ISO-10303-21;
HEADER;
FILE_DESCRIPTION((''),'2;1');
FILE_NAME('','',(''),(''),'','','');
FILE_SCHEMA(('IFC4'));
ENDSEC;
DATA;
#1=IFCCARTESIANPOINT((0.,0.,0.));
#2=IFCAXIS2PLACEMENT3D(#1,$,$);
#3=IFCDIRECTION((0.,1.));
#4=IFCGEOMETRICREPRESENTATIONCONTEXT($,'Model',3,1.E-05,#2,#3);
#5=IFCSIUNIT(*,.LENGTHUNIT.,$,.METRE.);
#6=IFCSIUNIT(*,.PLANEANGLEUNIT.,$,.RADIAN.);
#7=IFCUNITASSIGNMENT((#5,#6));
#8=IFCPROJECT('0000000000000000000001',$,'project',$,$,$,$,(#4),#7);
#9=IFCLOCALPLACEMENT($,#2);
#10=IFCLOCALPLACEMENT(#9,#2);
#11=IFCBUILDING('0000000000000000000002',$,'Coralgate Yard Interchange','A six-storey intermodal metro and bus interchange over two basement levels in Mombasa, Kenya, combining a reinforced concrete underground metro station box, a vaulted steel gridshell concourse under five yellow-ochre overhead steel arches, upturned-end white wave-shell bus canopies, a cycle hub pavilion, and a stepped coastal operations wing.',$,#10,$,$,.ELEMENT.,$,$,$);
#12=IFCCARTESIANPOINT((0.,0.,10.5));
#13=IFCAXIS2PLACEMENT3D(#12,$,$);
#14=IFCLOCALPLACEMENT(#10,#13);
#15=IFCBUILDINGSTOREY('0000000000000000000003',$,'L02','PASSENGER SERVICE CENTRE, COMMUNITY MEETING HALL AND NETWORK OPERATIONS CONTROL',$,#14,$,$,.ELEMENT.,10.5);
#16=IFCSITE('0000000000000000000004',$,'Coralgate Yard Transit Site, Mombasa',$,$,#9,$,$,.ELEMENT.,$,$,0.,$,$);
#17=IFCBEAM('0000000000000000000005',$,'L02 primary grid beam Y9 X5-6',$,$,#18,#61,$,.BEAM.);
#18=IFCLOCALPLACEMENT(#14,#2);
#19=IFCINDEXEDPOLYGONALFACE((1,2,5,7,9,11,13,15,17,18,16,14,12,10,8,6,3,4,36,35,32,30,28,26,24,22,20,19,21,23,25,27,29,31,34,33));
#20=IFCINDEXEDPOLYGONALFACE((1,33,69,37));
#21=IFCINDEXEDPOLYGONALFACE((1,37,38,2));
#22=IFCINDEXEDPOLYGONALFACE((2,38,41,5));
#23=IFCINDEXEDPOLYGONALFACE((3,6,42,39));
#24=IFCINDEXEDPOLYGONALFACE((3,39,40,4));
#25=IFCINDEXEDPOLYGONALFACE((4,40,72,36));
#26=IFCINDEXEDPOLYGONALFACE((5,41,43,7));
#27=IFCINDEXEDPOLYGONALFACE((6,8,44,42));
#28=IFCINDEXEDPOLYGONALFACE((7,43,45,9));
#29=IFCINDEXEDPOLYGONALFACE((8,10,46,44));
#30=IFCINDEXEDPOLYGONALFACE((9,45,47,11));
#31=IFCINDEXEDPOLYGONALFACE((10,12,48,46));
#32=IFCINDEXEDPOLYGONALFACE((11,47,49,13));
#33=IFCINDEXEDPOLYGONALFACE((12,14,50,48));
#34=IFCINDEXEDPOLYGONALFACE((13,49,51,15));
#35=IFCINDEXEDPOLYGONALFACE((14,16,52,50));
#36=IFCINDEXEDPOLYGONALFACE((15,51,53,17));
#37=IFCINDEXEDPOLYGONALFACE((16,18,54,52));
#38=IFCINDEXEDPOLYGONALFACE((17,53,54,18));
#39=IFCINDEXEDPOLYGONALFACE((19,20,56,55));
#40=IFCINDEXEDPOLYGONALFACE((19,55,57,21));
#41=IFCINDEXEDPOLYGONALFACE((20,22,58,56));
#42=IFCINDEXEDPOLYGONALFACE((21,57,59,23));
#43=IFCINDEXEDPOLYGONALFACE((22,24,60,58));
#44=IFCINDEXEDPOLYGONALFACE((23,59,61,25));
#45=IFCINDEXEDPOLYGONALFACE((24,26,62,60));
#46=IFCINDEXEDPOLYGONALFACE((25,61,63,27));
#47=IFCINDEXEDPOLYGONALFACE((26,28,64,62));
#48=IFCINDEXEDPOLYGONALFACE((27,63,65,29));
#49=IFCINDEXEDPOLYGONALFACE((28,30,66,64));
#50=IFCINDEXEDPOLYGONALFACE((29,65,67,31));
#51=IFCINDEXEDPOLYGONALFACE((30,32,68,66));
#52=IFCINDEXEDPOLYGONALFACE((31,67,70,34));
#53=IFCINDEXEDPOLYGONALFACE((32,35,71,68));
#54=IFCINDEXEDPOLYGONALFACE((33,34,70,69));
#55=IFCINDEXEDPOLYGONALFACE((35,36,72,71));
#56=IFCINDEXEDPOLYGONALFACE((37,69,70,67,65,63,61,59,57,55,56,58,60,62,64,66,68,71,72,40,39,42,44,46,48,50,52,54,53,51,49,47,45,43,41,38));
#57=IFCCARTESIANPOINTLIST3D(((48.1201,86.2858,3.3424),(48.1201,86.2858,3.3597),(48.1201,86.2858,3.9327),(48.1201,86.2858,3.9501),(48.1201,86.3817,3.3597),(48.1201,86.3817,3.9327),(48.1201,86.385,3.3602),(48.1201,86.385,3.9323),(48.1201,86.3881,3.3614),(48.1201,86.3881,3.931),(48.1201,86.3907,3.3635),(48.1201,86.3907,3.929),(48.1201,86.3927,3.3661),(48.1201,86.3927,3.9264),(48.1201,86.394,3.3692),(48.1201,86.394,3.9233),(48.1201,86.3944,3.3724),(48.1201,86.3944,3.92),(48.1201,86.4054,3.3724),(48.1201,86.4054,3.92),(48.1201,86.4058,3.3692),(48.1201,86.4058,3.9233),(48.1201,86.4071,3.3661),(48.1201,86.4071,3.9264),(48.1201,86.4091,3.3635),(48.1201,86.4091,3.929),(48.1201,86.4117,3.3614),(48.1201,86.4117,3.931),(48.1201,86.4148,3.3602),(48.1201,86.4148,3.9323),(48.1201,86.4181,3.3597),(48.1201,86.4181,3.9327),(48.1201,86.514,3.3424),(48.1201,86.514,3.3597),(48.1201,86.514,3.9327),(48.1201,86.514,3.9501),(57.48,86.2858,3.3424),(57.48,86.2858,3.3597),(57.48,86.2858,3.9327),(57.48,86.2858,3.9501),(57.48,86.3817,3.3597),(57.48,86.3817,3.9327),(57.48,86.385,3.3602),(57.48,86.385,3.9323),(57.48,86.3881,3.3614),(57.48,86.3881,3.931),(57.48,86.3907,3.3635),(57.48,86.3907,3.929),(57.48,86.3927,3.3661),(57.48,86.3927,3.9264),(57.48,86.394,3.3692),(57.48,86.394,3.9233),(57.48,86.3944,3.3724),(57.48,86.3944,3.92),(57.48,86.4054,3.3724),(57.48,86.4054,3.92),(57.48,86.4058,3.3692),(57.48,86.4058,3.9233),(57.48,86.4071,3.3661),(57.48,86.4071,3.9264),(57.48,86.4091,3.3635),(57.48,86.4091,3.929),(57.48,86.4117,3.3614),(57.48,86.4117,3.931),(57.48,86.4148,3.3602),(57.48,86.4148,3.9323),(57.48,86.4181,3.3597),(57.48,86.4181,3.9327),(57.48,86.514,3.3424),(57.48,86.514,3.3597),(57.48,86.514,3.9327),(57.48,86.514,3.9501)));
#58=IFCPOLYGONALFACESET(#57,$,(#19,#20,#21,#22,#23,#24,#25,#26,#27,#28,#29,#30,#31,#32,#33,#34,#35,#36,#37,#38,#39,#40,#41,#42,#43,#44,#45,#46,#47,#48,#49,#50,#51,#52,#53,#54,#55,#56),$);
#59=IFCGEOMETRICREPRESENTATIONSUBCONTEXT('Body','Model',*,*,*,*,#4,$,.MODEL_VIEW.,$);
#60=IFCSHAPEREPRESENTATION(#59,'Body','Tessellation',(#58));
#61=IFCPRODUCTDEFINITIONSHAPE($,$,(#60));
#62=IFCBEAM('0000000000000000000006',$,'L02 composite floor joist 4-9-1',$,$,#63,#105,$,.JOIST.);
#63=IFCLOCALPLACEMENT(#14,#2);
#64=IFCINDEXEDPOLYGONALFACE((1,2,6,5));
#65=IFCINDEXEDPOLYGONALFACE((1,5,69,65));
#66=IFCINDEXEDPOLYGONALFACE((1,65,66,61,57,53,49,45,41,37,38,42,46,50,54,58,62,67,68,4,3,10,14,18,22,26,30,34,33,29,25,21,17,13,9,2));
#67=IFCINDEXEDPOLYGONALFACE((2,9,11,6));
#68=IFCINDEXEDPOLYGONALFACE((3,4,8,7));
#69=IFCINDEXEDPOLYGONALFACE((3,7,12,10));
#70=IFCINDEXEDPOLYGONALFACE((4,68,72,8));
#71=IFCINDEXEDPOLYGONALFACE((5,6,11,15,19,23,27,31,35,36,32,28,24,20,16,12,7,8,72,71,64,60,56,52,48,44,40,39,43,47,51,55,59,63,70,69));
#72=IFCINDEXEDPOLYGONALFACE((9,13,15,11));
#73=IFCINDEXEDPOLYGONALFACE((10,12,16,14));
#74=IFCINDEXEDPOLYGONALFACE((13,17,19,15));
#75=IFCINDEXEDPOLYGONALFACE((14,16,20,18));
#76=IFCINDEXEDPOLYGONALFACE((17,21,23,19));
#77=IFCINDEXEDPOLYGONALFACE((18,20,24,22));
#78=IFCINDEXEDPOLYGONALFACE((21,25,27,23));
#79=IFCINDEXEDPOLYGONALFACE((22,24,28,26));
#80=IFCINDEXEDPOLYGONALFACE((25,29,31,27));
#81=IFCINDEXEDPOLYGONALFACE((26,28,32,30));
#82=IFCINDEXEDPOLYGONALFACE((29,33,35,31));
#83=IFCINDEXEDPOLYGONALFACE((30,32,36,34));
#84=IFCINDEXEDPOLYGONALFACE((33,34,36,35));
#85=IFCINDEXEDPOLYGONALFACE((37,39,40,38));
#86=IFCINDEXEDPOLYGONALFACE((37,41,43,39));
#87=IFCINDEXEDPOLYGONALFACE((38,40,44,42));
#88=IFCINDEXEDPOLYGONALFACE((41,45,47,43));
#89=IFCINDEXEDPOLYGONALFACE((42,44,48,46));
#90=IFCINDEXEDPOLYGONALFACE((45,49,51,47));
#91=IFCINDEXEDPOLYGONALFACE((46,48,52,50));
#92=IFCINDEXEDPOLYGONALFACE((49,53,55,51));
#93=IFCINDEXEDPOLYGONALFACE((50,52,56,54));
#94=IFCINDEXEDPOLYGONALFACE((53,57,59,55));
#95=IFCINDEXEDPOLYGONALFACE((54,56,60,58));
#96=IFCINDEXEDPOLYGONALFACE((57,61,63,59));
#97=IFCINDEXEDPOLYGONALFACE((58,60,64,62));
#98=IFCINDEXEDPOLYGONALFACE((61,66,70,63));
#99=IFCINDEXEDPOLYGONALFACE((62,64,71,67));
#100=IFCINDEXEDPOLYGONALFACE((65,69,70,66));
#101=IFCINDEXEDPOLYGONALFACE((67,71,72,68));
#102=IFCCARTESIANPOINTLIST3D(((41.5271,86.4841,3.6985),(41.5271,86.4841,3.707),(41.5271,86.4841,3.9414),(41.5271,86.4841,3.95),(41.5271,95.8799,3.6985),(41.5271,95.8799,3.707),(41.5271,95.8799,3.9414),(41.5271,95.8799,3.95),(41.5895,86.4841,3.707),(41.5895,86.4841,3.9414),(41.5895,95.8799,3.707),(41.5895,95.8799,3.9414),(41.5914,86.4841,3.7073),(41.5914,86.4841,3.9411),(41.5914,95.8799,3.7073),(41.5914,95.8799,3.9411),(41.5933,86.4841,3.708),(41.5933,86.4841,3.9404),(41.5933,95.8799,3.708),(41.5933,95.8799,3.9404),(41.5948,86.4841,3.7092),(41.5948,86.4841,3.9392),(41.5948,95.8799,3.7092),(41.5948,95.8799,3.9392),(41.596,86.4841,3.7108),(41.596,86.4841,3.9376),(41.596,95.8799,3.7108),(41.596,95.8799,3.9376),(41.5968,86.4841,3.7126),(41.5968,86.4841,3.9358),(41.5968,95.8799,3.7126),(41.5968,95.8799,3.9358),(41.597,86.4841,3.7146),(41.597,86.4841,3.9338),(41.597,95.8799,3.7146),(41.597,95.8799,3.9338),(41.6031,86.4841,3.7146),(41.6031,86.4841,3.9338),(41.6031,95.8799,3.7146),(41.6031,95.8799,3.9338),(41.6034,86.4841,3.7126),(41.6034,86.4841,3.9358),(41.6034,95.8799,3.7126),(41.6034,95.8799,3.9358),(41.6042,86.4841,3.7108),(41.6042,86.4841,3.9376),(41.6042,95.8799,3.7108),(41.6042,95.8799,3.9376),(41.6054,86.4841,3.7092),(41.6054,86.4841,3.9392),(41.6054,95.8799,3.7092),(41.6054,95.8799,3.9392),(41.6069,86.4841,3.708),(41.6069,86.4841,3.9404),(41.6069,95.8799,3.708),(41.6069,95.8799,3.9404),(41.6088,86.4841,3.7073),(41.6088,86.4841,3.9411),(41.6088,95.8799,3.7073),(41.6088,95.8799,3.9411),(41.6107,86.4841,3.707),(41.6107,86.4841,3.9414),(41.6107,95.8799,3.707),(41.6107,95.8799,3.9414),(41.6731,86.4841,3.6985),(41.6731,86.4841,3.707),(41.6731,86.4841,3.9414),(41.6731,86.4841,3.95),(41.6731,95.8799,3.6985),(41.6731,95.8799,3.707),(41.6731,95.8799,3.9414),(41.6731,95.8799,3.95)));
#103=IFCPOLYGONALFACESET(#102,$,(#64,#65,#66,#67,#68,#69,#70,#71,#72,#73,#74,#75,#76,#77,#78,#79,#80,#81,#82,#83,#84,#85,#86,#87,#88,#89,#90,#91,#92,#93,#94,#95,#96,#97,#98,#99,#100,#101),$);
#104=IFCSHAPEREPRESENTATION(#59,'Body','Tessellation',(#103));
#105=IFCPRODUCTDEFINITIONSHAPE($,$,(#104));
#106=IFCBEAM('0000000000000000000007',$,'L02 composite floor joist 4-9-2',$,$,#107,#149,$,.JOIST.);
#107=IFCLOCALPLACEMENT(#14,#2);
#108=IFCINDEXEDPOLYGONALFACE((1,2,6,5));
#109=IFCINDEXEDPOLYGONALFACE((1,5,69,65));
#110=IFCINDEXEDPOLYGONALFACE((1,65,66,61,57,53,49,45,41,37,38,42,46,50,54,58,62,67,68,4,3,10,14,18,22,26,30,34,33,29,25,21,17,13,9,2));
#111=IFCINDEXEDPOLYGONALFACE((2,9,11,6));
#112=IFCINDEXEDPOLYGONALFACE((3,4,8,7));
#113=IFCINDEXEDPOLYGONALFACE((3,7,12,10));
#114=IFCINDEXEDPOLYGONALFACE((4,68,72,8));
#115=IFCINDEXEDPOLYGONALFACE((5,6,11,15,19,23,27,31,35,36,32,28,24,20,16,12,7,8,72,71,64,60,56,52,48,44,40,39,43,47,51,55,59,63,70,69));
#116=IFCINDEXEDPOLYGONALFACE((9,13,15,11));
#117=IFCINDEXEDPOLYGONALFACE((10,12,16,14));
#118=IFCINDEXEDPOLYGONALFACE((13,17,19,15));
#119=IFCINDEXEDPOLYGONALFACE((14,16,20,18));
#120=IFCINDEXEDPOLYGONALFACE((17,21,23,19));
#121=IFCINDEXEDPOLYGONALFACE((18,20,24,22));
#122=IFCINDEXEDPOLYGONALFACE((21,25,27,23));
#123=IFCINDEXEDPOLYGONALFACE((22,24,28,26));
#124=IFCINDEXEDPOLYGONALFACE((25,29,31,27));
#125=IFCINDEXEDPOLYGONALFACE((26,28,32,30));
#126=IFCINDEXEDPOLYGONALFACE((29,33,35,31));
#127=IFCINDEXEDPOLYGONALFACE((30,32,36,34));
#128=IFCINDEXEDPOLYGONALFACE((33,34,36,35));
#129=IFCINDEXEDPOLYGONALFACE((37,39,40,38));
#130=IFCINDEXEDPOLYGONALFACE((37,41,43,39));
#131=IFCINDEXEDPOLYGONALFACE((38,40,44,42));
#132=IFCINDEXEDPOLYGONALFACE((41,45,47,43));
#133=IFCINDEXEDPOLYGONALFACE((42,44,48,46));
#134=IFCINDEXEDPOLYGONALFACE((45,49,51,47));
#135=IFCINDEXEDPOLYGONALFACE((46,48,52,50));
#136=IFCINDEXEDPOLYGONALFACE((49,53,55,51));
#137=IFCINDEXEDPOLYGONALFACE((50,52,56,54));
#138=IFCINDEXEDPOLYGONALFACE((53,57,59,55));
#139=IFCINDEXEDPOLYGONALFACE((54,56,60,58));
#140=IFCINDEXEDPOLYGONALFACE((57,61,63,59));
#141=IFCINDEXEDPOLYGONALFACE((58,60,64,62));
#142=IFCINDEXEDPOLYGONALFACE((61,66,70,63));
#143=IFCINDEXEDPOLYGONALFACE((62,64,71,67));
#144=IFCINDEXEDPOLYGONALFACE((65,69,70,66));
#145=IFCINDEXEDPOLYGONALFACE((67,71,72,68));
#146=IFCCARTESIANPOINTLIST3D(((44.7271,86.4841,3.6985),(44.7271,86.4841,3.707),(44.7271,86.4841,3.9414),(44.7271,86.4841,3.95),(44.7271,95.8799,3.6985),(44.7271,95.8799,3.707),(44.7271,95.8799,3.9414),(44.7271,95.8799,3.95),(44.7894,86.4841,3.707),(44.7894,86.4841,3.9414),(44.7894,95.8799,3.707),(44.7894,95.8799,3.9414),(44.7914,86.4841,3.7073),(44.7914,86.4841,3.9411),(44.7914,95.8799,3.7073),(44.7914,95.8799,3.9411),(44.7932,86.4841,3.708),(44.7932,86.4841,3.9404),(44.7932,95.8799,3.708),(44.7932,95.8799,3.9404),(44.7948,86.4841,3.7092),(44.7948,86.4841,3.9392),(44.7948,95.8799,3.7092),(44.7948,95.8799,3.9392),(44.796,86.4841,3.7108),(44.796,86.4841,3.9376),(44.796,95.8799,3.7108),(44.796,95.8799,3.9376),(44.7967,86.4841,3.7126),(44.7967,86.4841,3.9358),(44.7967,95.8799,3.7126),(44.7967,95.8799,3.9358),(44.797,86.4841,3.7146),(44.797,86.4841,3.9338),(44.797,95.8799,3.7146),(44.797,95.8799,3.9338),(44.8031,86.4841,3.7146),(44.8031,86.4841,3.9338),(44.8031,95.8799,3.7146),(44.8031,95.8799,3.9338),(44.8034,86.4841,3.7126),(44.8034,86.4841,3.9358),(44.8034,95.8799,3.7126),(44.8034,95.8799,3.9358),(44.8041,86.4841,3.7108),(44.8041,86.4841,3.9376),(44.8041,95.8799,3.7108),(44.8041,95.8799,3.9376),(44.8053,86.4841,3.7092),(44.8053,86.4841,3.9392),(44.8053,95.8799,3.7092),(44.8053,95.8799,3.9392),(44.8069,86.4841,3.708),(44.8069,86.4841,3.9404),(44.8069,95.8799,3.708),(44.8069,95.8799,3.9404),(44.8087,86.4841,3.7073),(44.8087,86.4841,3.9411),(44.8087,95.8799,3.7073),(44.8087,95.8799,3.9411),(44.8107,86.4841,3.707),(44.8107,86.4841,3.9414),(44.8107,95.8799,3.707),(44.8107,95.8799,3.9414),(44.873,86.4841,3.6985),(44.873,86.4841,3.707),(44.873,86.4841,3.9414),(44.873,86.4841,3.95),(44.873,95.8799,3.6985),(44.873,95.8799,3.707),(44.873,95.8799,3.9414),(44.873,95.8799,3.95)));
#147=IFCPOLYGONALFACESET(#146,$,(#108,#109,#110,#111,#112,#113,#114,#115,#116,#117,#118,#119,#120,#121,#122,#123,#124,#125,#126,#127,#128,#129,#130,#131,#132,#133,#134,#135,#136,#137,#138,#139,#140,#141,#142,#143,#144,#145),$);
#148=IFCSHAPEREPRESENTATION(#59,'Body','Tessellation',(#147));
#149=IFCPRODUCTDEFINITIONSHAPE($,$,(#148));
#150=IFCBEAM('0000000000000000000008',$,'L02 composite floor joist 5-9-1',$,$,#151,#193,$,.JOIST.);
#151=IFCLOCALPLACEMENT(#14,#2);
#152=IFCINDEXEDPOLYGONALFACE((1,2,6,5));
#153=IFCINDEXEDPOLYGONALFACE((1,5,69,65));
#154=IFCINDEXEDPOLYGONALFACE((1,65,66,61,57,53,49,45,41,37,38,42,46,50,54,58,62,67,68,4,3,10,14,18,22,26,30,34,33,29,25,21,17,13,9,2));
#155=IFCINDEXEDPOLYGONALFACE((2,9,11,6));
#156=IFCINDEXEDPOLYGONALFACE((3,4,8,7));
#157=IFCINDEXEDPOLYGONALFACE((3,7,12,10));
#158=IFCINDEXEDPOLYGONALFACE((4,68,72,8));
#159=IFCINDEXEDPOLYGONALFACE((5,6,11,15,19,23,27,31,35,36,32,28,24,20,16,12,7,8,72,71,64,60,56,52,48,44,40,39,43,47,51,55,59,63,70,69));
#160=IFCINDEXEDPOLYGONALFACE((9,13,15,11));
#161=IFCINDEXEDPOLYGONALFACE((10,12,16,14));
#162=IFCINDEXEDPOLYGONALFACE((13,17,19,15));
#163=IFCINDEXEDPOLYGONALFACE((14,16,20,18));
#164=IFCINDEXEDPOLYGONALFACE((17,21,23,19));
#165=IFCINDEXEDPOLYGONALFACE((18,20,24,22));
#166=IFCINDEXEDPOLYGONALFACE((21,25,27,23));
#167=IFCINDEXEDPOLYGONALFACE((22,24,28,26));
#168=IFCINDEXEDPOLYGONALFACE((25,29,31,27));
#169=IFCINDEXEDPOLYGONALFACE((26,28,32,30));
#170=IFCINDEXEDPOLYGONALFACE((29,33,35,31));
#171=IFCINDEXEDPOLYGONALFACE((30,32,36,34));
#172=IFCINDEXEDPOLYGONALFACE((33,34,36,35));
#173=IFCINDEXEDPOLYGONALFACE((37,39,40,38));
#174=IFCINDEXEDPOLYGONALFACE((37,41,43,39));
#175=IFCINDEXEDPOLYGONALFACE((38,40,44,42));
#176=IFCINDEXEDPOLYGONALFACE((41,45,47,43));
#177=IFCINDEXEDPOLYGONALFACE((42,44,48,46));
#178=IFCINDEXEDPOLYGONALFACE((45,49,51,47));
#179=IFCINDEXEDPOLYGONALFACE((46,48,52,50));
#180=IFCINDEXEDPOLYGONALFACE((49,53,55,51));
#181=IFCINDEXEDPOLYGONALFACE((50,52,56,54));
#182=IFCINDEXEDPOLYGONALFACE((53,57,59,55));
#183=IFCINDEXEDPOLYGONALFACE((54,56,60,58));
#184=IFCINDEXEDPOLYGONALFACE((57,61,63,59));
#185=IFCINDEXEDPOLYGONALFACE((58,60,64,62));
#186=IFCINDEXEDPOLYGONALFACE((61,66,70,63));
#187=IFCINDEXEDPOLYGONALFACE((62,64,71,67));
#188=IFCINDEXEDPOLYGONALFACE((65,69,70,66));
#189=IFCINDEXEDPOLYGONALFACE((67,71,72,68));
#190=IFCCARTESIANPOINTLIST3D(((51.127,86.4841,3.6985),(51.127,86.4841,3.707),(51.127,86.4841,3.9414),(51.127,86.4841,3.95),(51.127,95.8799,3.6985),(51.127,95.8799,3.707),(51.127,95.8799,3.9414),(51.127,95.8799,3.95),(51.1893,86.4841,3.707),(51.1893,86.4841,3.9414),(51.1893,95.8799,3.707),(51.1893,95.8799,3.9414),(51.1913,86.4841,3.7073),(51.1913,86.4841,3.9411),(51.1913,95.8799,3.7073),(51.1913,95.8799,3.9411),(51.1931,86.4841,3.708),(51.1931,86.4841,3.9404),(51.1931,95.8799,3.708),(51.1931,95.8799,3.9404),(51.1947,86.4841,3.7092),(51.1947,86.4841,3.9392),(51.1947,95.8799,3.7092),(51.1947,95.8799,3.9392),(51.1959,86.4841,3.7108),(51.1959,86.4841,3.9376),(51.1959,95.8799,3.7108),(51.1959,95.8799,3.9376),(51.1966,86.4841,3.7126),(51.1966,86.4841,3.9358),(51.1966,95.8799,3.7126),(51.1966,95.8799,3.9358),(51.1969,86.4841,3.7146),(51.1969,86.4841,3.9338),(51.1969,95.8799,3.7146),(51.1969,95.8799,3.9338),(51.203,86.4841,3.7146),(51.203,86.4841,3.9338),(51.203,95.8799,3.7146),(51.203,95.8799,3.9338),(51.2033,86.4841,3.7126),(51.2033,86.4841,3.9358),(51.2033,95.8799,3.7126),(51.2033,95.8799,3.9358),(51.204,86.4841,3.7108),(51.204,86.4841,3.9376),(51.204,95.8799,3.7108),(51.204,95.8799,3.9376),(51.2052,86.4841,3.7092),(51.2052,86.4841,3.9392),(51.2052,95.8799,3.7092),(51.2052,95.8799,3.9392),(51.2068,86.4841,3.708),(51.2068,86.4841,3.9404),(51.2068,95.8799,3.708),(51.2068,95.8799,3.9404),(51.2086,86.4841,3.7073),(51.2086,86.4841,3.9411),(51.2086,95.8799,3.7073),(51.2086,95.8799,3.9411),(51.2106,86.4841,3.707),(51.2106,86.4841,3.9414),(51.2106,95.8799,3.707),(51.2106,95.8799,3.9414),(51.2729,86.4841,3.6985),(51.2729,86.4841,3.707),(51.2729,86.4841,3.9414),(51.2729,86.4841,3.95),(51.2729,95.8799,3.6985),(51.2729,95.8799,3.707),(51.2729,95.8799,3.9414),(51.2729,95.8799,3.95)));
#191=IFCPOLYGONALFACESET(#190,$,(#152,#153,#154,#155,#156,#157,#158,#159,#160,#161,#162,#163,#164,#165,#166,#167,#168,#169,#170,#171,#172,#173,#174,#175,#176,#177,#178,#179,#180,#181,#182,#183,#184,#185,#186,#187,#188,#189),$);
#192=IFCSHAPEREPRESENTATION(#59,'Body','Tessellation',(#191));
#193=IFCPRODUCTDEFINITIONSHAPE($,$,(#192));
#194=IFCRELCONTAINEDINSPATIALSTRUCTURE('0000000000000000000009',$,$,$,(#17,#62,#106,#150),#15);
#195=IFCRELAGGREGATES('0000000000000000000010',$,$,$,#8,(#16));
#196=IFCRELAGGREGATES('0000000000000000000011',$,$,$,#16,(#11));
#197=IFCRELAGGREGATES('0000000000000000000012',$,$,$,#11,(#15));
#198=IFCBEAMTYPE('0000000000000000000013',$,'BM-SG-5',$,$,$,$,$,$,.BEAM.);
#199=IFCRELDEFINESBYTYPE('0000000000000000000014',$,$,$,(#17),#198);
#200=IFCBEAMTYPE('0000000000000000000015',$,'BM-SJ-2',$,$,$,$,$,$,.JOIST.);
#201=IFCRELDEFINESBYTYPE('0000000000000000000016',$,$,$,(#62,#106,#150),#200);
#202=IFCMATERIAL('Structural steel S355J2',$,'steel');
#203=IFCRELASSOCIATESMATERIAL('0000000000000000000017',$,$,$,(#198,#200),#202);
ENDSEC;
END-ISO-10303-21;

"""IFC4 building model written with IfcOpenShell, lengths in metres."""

from ifc_helpers import new_model, si_unit, direction, frame, origin, origin_2d, place, context, subcontext, project, spatial, i_section, extrude, material, material_profile, profile_set, type_object, element, save


model = new_model("IFC4")

# Units and contexts
model_context = context("Model", 3, precision=1e-05, world=origin(), true_north=direction((0.0, 1.0)))
body_context = subcontext(model_context, "Body", "Model", "MODEL_VIEW")
ifc_project = project(units=[si_unit("LENGTHUNIT", "METRE"), si_unit("PLANEANGLEUNIT", "RADIAN")], contexts=[model_context])

# Site, building, storey
site_placement = place(None, origin())
site = spatial("IfcSite", under=ifc_project, at=site_placement, Name="Coralgate Yard Transit Site, Mombasa", CompositionType="ELEMENT", RefElevation=0.0)
building_placement = place(site_placement, origin())
building = spatial("IfcBuilding", under=site, at=building_placement, Name="Coralgate Yard Interchange", Description="A six-storey intermodal metro and bus interchange over two basement levels in Mombasa, Kenya, combining a reinforced concrete underground metro station box, a vaulted steel gridshell concourse under five yellow-ochre overhead steel arches, upturned-end white wave-shell bus canopies, a cycle hub pavilion, and a stepped coastal operations wing.", CompositionType="ELEMENT")
storey_placement = place(building_placement, frame((0.0, 0.0, 10.5)))
storey = spatial("IfcBuildingStorey", under=building, at=storey_placement, Name="L02", Description="PASSENGER SERVICE CENTRE, COMMUNITY MEETING HALL AND NETWORK OPERATIONS CONTROL", CompositionType="ELEMENT", Elevation=10.5)

# Shared definitions
ifc_material_1 = material(Name="Structural steel S355J2", Category="steel")

# Beams
ifc_material_profile_1 = material_profile(ifc_material_1, i_section(OverallWidth=0.2283, OverallDepth=0.6077, WebThickness=0.011, FlangeThickness=0.0173, FilletRadius=0.0127, at=origin_2d()), Name="UB 610x229x113")
ifc_profile_set_1 = profile_set([ifc_material_profile_1], Name="Structural steel S355J2")
beam_type_1 = type_object("IfcBeamType", Name="BM-SG-5", PredefinedType="BEAM", material=ifc_profile_set_1)
beam_1_placement = place(storey_placement, frame((48.1201, 86.3999, 3.6462), z_axis=(1.0, 0.0, 0.0), x_axis=(0.0, 1.0, 0.0)))
element("IfcBeam", 1, at=beam_1_placement, inside=storey, type_object=beam_type_1, Name="L02 primary grid beam Y9 X5-6", PredefinedType="BEAM", context=body_context, shape_type="SweptSolid", body=[
    extrude(i_section(OverallWidth=0.2283, OverallDepth=0.6077, WebThickness=0.011, FlangeThickness=0.0173, FilletRadius=0.0127, at=origin_2d()), origin(), (0.0, 0.0, 1.0), 9.3599),
])
ifc_material_profile_2 = material_profile(ifc_material_1, i_section(OverallWidth=0.146, OverallDepth=0.2515, WebThickness=0.0061, FlangeThickness=0.0085, FilletRadius=0.0076, at=origin_2d()), Name="UB 254x146x31")
ifc_profile_set_2 = profile_set([ifc_material_profile_2], Name="Structural steel S355J2")
beam_type_2 = type_object("IfcBeamType", Name="BM-SJ-2", PredefinedType="JOIST", material=ifc_profile_set_2)
for number, where, z_axis, x_axis, name in (
    (2, (41.6001, 86.4841, 3.8242), (0.0, 1.0, 0.0), (-1.0, 0.0, 0.0), "L02 composite floor joist 4-9-1"),
    (3, (44.8, 86.4841, 3.8242), (0.0, 1.0, 0.0), (-1.0, 0.0, 0.0), "L02 composite floor joist 4-9-2"),
    (4, (51.2, 86.4841, 3.8242), (0.0, 1.0, 0.0), (-1.0, 0.0, 0.0), "L02 composite floor joist 5-9-1"),
):
    element("IfcBeam", number, at=place(storey_placement, frame(where, z_axis=z_axis, x_axis=x_axis)), inside=storey, type_object=beam_type_2, Name=name, PredefinedType="JOIST", context=body_context, shape_type="SweptSolid", body=[
        extrude(i_section(OverallWidth=0.146, OverallDepth=0.2515, WebThickness=0.0061, FlangeThickness=0.0085, FilletRadius=0.0076, at=origin_2d()), origin(), (0.0, 0.0, 1.0), 9.3958),
    ])

save(model, "model.ifc")
